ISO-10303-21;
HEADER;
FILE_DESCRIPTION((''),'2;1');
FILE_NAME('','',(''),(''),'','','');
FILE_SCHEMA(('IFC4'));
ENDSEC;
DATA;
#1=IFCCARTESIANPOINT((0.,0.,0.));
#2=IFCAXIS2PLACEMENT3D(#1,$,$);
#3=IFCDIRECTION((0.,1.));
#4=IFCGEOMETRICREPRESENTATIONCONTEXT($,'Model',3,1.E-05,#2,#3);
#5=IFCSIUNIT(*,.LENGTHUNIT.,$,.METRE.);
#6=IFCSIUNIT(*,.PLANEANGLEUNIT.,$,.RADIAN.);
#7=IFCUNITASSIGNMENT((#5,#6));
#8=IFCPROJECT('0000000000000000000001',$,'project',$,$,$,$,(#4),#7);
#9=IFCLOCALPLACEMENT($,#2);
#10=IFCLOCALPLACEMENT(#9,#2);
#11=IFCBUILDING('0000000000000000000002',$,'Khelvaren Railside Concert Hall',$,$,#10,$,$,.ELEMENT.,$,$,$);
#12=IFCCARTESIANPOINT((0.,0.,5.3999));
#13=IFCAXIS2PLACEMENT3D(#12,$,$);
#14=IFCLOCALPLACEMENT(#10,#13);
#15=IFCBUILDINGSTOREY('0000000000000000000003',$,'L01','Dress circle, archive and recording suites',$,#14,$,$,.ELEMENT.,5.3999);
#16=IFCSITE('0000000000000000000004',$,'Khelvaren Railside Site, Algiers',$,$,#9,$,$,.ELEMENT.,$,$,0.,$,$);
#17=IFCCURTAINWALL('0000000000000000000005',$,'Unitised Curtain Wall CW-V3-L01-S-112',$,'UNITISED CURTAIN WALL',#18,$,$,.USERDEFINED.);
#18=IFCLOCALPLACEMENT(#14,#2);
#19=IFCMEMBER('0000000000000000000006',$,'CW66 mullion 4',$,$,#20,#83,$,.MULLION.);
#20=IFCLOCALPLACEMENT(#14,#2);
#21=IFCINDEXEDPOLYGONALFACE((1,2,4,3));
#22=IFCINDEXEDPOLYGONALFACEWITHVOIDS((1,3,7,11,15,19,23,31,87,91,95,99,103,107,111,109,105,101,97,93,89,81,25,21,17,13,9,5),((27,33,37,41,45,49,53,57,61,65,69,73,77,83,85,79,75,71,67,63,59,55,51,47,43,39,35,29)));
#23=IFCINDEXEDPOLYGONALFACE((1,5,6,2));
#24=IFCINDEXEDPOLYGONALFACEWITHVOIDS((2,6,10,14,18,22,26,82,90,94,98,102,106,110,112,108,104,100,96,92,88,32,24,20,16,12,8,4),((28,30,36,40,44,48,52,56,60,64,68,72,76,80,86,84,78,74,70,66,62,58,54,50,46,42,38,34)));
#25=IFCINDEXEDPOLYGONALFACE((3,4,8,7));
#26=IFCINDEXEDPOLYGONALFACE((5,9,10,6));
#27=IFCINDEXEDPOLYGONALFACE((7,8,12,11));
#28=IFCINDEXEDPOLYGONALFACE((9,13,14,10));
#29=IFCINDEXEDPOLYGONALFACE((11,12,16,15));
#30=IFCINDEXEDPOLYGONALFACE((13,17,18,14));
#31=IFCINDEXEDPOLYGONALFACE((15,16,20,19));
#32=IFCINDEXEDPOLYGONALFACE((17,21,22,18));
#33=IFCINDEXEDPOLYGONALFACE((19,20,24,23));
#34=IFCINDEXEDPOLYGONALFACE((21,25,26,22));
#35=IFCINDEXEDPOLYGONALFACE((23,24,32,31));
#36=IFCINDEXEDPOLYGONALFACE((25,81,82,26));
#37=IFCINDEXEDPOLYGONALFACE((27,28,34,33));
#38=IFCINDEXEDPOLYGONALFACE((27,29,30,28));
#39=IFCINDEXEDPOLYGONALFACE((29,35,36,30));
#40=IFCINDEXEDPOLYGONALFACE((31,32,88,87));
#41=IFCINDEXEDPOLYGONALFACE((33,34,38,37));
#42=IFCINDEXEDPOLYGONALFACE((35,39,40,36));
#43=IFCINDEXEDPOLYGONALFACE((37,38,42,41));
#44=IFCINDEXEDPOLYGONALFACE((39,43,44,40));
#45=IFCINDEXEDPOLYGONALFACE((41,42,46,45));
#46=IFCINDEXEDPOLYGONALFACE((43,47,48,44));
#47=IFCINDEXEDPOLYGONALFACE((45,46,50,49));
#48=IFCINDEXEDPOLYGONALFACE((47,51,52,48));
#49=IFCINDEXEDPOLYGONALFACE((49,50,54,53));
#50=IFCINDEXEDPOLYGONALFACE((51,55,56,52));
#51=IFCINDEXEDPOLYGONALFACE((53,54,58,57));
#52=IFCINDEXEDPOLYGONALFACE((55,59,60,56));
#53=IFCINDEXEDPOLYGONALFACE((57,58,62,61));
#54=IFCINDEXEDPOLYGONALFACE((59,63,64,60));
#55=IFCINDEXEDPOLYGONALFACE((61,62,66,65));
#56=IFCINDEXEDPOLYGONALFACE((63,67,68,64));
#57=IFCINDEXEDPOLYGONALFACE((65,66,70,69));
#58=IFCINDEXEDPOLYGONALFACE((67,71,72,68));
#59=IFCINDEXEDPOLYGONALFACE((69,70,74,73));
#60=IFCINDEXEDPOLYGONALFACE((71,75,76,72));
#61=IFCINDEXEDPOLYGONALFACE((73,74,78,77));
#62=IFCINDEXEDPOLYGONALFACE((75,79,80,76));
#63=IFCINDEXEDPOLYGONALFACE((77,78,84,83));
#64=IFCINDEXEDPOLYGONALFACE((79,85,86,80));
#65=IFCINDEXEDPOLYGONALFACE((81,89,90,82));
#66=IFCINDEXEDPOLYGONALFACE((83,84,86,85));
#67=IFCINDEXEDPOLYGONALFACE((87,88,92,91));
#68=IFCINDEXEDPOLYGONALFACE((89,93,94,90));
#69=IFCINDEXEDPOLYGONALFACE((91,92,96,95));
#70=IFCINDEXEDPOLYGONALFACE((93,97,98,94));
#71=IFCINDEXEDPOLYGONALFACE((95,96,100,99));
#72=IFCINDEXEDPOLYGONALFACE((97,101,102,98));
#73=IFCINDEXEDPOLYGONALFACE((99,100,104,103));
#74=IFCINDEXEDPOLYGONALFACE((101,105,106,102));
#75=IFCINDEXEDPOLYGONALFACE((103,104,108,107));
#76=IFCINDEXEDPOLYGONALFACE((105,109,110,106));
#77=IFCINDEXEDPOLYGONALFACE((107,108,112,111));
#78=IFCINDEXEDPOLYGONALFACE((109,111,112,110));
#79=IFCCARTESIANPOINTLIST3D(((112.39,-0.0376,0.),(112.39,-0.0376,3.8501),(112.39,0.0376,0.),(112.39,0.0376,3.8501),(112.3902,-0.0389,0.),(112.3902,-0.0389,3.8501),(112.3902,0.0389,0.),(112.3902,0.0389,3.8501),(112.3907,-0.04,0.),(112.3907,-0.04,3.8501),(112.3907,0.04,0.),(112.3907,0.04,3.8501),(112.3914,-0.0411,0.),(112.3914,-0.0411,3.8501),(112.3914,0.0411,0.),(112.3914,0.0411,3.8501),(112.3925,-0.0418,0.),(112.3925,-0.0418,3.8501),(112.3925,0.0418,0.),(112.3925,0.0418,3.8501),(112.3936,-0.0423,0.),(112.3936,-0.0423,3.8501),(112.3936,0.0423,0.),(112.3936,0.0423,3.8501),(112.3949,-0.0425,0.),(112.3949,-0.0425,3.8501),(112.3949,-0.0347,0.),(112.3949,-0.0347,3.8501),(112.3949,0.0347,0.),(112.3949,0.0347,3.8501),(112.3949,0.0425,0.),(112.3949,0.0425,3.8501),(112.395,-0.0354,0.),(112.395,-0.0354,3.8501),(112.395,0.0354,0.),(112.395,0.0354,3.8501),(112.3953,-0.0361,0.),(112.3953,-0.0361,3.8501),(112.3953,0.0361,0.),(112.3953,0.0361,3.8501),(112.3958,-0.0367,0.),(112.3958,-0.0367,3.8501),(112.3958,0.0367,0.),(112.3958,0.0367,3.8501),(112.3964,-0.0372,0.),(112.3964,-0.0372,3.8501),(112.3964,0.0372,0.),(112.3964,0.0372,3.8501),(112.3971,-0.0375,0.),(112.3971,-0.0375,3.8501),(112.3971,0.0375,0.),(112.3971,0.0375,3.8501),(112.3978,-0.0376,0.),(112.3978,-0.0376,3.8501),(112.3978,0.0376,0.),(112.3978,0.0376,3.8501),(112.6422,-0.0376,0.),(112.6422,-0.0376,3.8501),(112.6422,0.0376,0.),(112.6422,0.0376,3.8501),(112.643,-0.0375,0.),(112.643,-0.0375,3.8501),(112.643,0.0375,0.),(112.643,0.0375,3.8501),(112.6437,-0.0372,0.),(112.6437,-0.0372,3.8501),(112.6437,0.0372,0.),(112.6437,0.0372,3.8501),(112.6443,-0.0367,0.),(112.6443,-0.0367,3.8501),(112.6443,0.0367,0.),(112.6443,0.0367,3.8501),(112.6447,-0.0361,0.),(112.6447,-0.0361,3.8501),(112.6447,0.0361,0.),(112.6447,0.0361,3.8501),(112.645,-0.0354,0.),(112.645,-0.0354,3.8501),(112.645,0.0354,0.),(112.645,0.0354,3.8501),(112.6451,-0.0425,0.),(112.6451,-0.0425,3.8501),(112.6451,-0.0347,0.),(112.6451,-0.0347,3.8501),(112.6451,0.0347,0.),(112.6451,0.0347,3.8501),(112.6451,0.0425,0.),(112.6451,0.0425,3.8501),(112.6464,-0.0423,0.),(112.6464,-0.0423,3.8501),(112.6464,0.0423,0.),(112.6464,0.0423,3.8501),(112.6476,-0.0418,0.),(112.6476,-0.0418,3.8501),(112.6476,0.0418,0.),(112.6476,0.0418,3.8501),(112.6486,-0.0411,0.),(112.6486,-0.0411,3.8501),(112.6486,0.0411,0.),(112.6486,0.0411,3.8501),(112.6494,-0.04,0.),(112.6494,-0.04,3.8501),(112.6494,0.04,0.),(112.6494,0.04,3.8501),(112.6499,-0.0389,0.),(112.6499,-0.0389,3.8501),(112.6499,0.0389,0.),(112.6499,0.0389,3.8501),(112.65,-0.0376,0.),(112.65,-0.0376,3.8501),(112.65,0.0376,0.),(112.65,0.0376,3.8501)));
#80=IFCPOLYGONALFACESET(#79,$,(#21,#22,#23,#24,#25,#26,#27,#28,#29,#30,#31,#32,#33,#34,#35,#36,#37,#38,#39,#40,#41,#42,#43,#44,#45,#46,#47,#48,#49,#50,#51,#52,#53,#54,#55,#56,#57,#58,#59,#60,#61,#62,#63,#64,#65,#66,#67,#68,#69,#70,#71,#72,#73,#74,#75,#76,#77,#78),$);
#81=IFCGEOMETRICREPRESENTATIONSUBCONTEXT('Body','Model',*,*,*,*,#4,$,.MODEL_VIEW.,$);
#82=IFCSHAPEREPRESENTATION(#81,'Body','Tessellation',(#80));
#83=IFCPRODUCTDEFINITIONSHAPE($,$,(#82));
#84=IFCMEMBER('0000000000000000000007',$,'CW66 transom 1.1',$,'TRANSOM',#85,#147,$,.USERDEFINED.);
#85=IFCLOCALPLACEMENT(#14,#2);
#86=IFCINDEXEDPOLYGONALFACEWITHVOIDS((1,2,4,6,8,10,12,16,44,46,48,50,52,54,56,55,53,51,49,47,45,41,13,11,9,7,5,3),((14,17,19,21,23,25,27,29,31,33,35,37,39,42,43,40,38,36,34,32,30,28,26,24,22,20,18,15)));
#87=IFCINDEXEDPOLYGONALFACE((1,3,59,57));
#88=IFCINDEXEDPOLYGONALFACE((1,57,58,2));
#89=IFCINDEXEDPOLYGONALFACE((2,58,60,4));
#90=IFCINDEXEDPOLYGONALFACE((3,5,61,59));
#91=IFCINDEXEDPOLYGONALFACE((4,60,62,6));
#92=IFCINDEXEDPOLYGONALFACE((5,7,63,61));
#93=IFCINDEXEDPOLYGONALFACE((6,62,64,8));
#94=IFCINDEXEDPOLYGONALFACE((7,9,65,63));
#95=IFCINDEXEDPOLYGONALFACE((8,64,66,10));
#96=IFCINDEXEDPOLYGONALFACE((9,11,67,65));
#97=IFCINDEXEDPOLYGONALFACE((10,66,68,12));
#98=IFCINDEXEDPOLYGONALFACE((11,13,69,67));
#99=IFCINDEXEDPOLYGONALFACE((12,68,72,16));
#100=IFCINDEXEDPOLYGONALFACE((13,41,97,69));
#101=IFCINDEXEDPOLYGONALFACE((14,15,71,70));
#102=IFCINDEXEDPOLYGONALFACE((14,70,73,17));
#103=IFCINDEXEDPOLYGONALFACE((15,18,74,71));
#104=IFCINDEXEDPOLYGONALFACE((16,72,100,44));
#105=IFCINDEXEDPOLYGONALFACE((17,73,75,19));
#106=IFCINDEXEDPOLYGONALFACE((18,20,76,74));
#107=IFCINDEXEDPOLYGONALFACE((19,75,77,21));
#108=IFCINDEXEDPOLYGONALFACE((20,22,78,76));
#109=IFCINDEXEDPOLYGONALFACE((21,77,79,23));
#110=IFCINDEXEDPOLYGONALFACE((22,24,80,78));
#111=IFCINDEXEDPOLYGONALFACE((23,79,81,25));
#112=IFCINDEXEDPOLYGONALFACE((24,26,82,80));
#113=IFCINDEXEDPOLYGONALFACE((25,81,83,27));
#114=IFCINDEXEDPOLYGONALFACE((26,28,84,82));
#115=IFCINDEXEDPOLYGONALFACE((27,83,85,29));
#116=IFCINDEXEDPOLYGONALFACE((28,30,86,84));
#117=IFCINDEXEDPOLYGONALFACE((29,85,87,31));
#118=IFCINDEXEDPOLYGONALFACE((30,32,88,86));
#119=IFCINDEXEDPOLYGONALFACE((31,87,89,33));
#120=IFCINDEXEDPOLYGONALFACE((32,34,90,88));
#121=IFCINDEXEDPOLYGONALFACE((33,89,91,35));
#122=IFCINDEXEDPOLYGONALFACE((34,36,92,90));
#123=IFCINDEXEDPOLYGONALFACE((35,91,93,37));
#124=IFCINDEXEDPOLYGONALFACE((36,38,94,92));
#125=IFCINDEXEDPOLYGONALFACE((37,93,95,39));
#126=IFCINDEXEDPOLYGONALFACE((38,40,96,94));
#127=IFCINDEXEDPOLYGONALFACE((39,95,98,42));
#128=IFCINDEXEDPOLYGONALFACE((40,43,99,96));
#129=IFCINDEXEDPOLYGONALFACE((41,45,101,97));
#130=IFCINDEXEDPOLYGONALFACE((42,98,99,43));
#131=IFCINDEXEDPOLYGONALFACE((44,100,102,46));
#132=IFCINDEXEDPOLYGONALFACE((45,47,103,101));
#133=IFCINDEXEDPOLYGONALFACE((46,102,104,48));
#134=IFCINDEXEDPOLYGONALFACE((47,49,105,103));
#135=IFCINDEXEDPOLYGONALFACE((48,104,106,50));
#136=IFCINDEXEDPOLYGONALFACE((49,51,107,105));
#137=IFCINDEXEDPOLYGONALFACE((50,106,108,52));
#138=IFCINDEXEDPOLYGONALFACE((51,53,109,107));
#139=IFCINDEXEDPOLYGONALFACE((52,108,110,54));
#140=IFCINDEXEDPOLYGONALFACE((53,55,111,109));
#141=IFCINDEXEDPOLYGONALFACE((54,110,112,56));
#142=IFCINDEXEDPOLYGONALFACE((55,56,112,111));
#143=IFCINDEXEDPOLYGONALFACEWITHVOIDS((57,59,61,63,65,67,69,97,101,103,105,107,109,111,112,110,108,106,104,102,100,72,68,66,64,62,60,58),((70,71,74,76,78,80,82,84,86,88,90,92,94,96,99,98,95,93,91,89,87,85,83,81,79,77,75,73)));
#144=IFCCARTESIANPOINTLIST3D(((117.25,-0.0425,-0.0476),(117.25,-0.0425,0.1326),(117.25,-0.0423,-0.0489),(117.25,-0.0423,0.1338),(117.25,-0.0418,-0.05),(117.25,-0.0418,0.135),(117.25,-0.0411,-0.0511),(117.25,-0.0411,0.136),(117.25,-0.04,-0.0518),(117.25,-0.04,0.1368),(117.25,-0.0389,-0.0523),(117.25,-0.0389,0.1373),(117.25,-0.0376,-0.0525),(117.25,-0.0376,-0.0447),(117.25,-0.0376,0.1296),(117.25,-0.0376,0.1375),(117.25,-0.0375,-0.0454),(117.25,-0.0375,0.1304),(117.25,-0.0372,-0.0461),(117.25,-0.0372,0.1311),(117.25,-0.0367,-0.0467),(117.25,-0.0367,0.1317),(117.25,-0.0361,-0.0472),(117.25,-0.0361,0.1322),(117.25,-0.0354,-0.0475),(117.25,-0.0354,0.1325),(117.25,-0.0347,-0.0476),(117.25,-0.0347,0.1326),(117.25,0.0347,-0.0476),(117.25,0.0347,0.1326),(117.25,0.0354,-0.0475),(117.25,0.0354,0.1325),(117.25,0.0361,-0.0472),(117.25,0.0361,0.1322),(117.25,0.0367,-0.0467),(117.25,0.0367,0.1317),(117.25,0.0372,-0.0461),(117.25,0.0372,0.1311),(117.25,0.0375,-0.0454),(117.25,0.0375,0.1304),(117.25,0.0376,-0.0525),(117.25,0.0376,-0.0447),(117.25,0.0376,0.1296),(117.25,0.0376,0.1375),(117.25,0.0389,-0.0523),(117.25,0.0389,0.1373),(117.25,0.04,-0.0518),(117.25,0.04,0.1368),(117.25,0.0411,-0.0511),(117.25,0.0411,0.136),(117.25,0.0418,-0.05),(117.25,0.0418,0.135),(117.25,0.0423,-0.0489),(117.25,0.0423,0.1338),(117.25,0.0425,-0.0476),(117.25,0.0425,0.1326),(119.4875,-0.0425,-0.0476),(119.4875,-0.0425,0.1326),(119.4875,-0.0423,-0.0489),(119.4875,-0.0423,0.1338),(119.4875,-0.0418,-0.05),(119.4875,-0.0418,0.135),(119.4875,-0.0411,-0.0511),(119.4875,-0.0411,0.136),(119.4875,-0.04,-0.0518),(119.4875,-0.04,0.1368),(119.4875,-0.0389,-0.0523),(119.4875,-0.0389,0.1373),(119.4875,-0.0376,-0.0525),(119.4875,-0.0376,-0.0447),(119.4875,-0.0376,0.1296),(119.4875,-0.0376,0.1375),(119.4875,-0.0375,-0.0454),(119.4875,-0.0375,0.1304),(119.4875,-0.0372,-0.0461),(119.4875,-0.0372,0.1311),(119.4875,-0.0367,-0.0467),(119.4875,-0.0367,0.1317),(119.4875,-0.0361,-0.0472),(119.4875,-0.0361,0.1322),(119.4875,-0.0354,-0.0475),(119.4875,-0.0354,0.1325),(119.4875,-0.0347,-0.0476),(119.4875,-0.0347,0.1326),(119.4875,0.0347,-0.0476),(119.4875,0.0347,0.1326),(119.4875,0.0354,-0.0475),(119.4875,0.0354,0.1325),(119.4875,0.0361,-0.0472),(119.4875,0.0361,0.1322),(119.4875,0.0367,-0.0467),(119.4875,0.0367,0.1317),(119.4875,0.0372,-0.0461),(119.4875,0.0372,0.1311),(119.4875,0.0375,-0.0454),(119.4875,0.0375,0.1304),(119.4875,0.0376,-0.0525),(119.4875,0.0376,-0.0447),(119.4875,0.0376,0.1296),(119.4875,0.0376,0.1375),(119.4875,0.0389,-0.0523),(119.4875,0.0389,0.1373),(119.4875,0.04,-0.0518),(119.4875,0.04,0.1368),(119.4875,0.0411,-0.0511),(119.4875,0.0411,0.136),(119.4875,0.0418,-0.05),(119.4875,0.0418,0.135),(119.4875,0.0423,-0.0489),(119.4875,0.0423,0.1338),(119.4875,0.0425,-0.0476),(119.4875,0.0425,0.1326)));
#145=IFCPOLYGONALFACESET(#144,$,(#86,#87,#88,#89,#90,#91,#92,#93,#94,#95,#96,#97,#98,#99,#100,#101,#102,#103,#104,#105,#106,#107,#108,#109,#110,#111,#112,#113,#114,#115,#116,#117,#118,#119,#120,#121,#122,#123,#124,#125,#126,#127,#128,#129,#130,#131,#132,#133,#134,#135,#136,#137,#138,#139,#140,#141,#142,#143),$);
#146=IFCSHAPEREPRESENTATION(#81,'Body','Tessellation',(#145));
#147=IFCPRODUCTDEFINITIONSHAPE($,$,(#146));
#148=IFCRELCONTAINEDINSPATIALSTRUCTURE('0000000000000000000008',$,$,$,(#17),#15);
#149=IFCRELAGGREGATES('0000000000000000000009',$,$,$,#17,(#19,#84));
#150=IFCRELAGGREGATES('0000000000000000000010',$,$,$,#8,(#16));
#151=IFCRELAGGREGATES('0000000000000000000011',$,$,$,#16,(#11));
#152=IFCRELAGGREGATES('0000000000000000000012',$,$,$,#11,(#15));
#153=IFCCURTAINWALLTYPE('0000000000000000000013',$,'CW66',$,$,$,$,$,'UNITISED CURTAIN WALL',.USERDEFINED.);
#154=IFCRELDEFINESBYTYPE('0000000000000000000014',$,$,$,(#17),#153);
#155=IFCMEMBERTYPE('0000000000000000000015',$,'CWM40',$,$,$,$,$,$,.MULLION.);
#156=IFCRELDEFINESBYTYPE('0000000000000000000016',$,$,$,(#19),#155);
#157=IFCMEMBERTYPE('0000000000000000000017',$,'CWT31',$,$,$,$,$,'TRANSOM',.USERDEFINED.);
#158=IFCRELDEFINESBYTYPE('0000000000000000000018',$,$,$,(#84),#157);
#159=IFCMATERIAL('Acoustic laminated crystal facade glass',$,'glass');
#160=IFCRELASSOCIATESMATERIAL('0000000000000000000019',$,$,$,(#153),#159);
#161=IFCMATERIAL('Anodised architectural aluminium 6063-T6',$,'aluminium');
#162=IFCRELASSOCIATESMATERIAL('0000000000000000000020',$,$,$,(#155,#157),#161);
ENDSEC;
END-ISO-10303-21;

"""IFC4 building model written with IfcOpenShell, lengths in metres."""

from ifc_helpers import new_model, si_unit, direction, frame, origin, origin_2d, place, context, subcontext, project, spatial, hollow_rectangle, extrude, material, material_profile, profile_set, type_object, element, aggregate, save


model = new_model("IFC4")

# Units and contexts
model_context = context("Model", 3, precision=1e-05, world=origin(), true_north=direction((0.0, 1.0)))
body_context = subcontext(model_context, "Body", "Model", "MODEL_VIEW")
ifc_project = project(units=[si_unit("LENGTHUNIT", "METRE"), si_unit("PLANEANGLEUNIT", "RADIAN")], contexts=[model_context])

# Site, building, storey
site_placement = place(None, origin())
site = spatial("IfcSite", under=ifc_project, at=site_placement, Name="Khelvaren Railside Site, Algiers", CompositionType="ELEMENT", RefElevation=0.0)
building_placement = place(site_placement, origin())
building = spatial("IfcBuilding", under=site, at=building_placement, Name="Khelvaren Railside Concert Hall", CompositionType="ELEMENT")
storey_placement = place(building_placement, frame((0.0, 0.0, 5.3999)))
storey = spatial("IfcBuildingStorey", under=building, at=storey_placement, Name="L01", Description="Dress circle, archive and recording suites", CompositionType="ELEMENT", Elevation=5.3999)

# Curtain wall, members
ifc_material_1 = material(Name="Acoustic laminated crystal facade glass", Category="glass")
curtain_wall_type = type_object("IfcCurtainWallType", Name="CW66", ElementType="UNITISED CURTAIN WALL", PredefinedType="USERDEFINED", material=ifc_material_1)
curtain_wall_placement = place(storey_placement, origin())
curtain_wall = element("IfcCurtainWall", 1, at=curtain_wall_placement, inside=storey, type_object=curtain_wall_type, Name="Unitised Curtain Wall CW-V3-L01-S-112", ObjectType="UNITISED CURTAIN WALL", PredefinedType="USERDEFINED")
ifc_material_2 = material(Name="Anodised architectural aluminium 6063-T6", Category="aluminium")
ifc_material_profile_1 = material_profile(ifc_material_2, hollow_rectangle(XDim=0.085, YDim=0.26, WallThickness=0.0049, InnerFilletRadius=0.0029, OuterFilletRadius=0.0049, at=origin_2d()), Name="CWM 85x260x5")
ifc_profile_set_1 = profile_set([ifc_material_profile_1], Name="Anodised architectural aluminium 6063-T6")
member_type_1 = type_object("IfcMemberType", Name="CWM40", PredefinedType="MULLION", material=ifc_profile_set_1)
member_1_placement = place(storey_placement, frame((112.52, 0.0, 0.0), z_axis=(0.0, 0.0, 1.0), x_axis=(0.0, -1.0, 0.0)))
member_1 = element("IfcMember", 2, at=member_1_placement, type_object=member_type_1, Name="CW66 mullion 4", PredefinedType="MULLION", context=body_context, shape_type="SweptSolid", body=[
    extrude(hollow_rectangle(XDim=0.085, YDim=0.26, WallThickness=0.0049, InnerFilletRadius=0.0029, OuterFilletRadius=0.0049, at=origin_2d()), origin(), (0.0, 0.0, 1.0), 3.8501),
])
ifc_material_profile_2 = material_profile(ifc_material_2, hollow_rectangle(XDim=0.085, YDim=0.1899, WallThickness=0.0049, InnerFilletRadius=0.0029, OuterFilletRadius=0.0049, at=origin_2d()), Name="CWT 85x190x5")
ifc_profile_set_2 = profile_set([ifc_material_profile_2], Name="Anodised architectural aluminium 6063-T6")
member_type_2 = type_object("IfcMemberType", Name="CWT31", ElementType="TRANSOM", PredefinedType="USERDEFINED", material=ifc_profile_set_2)
member_2_placement = place(storey_placement, frame((119.4875, 0.0, 0.0425), z_axis=(-1.0, 0.0, 0.0), x_axis=(0.0, -1.0, 0.0)))
member_2 = element("IfcMember", 3, at=member_2_placement, type_object=member_type_2, Name="CW66 transom 1.1", ObjectType="TRANSOM", PredefinedType="USERDEFINED", context=body_context, shape_type="SweptSolid", body=[
    extrude(hollow_rectangle(XDim=0.085, YDim=0.1899, WallThickness=0.0049, InnerFilletRadius=0.0029, OuterFilletRadius=0.0049, at=origin_2d()), origin(), (0.0, 0.0, 1.0), 2.2375),
])

aggregate(curtain_wall, [member_1, member_2])

save(model, "model.ifc")
